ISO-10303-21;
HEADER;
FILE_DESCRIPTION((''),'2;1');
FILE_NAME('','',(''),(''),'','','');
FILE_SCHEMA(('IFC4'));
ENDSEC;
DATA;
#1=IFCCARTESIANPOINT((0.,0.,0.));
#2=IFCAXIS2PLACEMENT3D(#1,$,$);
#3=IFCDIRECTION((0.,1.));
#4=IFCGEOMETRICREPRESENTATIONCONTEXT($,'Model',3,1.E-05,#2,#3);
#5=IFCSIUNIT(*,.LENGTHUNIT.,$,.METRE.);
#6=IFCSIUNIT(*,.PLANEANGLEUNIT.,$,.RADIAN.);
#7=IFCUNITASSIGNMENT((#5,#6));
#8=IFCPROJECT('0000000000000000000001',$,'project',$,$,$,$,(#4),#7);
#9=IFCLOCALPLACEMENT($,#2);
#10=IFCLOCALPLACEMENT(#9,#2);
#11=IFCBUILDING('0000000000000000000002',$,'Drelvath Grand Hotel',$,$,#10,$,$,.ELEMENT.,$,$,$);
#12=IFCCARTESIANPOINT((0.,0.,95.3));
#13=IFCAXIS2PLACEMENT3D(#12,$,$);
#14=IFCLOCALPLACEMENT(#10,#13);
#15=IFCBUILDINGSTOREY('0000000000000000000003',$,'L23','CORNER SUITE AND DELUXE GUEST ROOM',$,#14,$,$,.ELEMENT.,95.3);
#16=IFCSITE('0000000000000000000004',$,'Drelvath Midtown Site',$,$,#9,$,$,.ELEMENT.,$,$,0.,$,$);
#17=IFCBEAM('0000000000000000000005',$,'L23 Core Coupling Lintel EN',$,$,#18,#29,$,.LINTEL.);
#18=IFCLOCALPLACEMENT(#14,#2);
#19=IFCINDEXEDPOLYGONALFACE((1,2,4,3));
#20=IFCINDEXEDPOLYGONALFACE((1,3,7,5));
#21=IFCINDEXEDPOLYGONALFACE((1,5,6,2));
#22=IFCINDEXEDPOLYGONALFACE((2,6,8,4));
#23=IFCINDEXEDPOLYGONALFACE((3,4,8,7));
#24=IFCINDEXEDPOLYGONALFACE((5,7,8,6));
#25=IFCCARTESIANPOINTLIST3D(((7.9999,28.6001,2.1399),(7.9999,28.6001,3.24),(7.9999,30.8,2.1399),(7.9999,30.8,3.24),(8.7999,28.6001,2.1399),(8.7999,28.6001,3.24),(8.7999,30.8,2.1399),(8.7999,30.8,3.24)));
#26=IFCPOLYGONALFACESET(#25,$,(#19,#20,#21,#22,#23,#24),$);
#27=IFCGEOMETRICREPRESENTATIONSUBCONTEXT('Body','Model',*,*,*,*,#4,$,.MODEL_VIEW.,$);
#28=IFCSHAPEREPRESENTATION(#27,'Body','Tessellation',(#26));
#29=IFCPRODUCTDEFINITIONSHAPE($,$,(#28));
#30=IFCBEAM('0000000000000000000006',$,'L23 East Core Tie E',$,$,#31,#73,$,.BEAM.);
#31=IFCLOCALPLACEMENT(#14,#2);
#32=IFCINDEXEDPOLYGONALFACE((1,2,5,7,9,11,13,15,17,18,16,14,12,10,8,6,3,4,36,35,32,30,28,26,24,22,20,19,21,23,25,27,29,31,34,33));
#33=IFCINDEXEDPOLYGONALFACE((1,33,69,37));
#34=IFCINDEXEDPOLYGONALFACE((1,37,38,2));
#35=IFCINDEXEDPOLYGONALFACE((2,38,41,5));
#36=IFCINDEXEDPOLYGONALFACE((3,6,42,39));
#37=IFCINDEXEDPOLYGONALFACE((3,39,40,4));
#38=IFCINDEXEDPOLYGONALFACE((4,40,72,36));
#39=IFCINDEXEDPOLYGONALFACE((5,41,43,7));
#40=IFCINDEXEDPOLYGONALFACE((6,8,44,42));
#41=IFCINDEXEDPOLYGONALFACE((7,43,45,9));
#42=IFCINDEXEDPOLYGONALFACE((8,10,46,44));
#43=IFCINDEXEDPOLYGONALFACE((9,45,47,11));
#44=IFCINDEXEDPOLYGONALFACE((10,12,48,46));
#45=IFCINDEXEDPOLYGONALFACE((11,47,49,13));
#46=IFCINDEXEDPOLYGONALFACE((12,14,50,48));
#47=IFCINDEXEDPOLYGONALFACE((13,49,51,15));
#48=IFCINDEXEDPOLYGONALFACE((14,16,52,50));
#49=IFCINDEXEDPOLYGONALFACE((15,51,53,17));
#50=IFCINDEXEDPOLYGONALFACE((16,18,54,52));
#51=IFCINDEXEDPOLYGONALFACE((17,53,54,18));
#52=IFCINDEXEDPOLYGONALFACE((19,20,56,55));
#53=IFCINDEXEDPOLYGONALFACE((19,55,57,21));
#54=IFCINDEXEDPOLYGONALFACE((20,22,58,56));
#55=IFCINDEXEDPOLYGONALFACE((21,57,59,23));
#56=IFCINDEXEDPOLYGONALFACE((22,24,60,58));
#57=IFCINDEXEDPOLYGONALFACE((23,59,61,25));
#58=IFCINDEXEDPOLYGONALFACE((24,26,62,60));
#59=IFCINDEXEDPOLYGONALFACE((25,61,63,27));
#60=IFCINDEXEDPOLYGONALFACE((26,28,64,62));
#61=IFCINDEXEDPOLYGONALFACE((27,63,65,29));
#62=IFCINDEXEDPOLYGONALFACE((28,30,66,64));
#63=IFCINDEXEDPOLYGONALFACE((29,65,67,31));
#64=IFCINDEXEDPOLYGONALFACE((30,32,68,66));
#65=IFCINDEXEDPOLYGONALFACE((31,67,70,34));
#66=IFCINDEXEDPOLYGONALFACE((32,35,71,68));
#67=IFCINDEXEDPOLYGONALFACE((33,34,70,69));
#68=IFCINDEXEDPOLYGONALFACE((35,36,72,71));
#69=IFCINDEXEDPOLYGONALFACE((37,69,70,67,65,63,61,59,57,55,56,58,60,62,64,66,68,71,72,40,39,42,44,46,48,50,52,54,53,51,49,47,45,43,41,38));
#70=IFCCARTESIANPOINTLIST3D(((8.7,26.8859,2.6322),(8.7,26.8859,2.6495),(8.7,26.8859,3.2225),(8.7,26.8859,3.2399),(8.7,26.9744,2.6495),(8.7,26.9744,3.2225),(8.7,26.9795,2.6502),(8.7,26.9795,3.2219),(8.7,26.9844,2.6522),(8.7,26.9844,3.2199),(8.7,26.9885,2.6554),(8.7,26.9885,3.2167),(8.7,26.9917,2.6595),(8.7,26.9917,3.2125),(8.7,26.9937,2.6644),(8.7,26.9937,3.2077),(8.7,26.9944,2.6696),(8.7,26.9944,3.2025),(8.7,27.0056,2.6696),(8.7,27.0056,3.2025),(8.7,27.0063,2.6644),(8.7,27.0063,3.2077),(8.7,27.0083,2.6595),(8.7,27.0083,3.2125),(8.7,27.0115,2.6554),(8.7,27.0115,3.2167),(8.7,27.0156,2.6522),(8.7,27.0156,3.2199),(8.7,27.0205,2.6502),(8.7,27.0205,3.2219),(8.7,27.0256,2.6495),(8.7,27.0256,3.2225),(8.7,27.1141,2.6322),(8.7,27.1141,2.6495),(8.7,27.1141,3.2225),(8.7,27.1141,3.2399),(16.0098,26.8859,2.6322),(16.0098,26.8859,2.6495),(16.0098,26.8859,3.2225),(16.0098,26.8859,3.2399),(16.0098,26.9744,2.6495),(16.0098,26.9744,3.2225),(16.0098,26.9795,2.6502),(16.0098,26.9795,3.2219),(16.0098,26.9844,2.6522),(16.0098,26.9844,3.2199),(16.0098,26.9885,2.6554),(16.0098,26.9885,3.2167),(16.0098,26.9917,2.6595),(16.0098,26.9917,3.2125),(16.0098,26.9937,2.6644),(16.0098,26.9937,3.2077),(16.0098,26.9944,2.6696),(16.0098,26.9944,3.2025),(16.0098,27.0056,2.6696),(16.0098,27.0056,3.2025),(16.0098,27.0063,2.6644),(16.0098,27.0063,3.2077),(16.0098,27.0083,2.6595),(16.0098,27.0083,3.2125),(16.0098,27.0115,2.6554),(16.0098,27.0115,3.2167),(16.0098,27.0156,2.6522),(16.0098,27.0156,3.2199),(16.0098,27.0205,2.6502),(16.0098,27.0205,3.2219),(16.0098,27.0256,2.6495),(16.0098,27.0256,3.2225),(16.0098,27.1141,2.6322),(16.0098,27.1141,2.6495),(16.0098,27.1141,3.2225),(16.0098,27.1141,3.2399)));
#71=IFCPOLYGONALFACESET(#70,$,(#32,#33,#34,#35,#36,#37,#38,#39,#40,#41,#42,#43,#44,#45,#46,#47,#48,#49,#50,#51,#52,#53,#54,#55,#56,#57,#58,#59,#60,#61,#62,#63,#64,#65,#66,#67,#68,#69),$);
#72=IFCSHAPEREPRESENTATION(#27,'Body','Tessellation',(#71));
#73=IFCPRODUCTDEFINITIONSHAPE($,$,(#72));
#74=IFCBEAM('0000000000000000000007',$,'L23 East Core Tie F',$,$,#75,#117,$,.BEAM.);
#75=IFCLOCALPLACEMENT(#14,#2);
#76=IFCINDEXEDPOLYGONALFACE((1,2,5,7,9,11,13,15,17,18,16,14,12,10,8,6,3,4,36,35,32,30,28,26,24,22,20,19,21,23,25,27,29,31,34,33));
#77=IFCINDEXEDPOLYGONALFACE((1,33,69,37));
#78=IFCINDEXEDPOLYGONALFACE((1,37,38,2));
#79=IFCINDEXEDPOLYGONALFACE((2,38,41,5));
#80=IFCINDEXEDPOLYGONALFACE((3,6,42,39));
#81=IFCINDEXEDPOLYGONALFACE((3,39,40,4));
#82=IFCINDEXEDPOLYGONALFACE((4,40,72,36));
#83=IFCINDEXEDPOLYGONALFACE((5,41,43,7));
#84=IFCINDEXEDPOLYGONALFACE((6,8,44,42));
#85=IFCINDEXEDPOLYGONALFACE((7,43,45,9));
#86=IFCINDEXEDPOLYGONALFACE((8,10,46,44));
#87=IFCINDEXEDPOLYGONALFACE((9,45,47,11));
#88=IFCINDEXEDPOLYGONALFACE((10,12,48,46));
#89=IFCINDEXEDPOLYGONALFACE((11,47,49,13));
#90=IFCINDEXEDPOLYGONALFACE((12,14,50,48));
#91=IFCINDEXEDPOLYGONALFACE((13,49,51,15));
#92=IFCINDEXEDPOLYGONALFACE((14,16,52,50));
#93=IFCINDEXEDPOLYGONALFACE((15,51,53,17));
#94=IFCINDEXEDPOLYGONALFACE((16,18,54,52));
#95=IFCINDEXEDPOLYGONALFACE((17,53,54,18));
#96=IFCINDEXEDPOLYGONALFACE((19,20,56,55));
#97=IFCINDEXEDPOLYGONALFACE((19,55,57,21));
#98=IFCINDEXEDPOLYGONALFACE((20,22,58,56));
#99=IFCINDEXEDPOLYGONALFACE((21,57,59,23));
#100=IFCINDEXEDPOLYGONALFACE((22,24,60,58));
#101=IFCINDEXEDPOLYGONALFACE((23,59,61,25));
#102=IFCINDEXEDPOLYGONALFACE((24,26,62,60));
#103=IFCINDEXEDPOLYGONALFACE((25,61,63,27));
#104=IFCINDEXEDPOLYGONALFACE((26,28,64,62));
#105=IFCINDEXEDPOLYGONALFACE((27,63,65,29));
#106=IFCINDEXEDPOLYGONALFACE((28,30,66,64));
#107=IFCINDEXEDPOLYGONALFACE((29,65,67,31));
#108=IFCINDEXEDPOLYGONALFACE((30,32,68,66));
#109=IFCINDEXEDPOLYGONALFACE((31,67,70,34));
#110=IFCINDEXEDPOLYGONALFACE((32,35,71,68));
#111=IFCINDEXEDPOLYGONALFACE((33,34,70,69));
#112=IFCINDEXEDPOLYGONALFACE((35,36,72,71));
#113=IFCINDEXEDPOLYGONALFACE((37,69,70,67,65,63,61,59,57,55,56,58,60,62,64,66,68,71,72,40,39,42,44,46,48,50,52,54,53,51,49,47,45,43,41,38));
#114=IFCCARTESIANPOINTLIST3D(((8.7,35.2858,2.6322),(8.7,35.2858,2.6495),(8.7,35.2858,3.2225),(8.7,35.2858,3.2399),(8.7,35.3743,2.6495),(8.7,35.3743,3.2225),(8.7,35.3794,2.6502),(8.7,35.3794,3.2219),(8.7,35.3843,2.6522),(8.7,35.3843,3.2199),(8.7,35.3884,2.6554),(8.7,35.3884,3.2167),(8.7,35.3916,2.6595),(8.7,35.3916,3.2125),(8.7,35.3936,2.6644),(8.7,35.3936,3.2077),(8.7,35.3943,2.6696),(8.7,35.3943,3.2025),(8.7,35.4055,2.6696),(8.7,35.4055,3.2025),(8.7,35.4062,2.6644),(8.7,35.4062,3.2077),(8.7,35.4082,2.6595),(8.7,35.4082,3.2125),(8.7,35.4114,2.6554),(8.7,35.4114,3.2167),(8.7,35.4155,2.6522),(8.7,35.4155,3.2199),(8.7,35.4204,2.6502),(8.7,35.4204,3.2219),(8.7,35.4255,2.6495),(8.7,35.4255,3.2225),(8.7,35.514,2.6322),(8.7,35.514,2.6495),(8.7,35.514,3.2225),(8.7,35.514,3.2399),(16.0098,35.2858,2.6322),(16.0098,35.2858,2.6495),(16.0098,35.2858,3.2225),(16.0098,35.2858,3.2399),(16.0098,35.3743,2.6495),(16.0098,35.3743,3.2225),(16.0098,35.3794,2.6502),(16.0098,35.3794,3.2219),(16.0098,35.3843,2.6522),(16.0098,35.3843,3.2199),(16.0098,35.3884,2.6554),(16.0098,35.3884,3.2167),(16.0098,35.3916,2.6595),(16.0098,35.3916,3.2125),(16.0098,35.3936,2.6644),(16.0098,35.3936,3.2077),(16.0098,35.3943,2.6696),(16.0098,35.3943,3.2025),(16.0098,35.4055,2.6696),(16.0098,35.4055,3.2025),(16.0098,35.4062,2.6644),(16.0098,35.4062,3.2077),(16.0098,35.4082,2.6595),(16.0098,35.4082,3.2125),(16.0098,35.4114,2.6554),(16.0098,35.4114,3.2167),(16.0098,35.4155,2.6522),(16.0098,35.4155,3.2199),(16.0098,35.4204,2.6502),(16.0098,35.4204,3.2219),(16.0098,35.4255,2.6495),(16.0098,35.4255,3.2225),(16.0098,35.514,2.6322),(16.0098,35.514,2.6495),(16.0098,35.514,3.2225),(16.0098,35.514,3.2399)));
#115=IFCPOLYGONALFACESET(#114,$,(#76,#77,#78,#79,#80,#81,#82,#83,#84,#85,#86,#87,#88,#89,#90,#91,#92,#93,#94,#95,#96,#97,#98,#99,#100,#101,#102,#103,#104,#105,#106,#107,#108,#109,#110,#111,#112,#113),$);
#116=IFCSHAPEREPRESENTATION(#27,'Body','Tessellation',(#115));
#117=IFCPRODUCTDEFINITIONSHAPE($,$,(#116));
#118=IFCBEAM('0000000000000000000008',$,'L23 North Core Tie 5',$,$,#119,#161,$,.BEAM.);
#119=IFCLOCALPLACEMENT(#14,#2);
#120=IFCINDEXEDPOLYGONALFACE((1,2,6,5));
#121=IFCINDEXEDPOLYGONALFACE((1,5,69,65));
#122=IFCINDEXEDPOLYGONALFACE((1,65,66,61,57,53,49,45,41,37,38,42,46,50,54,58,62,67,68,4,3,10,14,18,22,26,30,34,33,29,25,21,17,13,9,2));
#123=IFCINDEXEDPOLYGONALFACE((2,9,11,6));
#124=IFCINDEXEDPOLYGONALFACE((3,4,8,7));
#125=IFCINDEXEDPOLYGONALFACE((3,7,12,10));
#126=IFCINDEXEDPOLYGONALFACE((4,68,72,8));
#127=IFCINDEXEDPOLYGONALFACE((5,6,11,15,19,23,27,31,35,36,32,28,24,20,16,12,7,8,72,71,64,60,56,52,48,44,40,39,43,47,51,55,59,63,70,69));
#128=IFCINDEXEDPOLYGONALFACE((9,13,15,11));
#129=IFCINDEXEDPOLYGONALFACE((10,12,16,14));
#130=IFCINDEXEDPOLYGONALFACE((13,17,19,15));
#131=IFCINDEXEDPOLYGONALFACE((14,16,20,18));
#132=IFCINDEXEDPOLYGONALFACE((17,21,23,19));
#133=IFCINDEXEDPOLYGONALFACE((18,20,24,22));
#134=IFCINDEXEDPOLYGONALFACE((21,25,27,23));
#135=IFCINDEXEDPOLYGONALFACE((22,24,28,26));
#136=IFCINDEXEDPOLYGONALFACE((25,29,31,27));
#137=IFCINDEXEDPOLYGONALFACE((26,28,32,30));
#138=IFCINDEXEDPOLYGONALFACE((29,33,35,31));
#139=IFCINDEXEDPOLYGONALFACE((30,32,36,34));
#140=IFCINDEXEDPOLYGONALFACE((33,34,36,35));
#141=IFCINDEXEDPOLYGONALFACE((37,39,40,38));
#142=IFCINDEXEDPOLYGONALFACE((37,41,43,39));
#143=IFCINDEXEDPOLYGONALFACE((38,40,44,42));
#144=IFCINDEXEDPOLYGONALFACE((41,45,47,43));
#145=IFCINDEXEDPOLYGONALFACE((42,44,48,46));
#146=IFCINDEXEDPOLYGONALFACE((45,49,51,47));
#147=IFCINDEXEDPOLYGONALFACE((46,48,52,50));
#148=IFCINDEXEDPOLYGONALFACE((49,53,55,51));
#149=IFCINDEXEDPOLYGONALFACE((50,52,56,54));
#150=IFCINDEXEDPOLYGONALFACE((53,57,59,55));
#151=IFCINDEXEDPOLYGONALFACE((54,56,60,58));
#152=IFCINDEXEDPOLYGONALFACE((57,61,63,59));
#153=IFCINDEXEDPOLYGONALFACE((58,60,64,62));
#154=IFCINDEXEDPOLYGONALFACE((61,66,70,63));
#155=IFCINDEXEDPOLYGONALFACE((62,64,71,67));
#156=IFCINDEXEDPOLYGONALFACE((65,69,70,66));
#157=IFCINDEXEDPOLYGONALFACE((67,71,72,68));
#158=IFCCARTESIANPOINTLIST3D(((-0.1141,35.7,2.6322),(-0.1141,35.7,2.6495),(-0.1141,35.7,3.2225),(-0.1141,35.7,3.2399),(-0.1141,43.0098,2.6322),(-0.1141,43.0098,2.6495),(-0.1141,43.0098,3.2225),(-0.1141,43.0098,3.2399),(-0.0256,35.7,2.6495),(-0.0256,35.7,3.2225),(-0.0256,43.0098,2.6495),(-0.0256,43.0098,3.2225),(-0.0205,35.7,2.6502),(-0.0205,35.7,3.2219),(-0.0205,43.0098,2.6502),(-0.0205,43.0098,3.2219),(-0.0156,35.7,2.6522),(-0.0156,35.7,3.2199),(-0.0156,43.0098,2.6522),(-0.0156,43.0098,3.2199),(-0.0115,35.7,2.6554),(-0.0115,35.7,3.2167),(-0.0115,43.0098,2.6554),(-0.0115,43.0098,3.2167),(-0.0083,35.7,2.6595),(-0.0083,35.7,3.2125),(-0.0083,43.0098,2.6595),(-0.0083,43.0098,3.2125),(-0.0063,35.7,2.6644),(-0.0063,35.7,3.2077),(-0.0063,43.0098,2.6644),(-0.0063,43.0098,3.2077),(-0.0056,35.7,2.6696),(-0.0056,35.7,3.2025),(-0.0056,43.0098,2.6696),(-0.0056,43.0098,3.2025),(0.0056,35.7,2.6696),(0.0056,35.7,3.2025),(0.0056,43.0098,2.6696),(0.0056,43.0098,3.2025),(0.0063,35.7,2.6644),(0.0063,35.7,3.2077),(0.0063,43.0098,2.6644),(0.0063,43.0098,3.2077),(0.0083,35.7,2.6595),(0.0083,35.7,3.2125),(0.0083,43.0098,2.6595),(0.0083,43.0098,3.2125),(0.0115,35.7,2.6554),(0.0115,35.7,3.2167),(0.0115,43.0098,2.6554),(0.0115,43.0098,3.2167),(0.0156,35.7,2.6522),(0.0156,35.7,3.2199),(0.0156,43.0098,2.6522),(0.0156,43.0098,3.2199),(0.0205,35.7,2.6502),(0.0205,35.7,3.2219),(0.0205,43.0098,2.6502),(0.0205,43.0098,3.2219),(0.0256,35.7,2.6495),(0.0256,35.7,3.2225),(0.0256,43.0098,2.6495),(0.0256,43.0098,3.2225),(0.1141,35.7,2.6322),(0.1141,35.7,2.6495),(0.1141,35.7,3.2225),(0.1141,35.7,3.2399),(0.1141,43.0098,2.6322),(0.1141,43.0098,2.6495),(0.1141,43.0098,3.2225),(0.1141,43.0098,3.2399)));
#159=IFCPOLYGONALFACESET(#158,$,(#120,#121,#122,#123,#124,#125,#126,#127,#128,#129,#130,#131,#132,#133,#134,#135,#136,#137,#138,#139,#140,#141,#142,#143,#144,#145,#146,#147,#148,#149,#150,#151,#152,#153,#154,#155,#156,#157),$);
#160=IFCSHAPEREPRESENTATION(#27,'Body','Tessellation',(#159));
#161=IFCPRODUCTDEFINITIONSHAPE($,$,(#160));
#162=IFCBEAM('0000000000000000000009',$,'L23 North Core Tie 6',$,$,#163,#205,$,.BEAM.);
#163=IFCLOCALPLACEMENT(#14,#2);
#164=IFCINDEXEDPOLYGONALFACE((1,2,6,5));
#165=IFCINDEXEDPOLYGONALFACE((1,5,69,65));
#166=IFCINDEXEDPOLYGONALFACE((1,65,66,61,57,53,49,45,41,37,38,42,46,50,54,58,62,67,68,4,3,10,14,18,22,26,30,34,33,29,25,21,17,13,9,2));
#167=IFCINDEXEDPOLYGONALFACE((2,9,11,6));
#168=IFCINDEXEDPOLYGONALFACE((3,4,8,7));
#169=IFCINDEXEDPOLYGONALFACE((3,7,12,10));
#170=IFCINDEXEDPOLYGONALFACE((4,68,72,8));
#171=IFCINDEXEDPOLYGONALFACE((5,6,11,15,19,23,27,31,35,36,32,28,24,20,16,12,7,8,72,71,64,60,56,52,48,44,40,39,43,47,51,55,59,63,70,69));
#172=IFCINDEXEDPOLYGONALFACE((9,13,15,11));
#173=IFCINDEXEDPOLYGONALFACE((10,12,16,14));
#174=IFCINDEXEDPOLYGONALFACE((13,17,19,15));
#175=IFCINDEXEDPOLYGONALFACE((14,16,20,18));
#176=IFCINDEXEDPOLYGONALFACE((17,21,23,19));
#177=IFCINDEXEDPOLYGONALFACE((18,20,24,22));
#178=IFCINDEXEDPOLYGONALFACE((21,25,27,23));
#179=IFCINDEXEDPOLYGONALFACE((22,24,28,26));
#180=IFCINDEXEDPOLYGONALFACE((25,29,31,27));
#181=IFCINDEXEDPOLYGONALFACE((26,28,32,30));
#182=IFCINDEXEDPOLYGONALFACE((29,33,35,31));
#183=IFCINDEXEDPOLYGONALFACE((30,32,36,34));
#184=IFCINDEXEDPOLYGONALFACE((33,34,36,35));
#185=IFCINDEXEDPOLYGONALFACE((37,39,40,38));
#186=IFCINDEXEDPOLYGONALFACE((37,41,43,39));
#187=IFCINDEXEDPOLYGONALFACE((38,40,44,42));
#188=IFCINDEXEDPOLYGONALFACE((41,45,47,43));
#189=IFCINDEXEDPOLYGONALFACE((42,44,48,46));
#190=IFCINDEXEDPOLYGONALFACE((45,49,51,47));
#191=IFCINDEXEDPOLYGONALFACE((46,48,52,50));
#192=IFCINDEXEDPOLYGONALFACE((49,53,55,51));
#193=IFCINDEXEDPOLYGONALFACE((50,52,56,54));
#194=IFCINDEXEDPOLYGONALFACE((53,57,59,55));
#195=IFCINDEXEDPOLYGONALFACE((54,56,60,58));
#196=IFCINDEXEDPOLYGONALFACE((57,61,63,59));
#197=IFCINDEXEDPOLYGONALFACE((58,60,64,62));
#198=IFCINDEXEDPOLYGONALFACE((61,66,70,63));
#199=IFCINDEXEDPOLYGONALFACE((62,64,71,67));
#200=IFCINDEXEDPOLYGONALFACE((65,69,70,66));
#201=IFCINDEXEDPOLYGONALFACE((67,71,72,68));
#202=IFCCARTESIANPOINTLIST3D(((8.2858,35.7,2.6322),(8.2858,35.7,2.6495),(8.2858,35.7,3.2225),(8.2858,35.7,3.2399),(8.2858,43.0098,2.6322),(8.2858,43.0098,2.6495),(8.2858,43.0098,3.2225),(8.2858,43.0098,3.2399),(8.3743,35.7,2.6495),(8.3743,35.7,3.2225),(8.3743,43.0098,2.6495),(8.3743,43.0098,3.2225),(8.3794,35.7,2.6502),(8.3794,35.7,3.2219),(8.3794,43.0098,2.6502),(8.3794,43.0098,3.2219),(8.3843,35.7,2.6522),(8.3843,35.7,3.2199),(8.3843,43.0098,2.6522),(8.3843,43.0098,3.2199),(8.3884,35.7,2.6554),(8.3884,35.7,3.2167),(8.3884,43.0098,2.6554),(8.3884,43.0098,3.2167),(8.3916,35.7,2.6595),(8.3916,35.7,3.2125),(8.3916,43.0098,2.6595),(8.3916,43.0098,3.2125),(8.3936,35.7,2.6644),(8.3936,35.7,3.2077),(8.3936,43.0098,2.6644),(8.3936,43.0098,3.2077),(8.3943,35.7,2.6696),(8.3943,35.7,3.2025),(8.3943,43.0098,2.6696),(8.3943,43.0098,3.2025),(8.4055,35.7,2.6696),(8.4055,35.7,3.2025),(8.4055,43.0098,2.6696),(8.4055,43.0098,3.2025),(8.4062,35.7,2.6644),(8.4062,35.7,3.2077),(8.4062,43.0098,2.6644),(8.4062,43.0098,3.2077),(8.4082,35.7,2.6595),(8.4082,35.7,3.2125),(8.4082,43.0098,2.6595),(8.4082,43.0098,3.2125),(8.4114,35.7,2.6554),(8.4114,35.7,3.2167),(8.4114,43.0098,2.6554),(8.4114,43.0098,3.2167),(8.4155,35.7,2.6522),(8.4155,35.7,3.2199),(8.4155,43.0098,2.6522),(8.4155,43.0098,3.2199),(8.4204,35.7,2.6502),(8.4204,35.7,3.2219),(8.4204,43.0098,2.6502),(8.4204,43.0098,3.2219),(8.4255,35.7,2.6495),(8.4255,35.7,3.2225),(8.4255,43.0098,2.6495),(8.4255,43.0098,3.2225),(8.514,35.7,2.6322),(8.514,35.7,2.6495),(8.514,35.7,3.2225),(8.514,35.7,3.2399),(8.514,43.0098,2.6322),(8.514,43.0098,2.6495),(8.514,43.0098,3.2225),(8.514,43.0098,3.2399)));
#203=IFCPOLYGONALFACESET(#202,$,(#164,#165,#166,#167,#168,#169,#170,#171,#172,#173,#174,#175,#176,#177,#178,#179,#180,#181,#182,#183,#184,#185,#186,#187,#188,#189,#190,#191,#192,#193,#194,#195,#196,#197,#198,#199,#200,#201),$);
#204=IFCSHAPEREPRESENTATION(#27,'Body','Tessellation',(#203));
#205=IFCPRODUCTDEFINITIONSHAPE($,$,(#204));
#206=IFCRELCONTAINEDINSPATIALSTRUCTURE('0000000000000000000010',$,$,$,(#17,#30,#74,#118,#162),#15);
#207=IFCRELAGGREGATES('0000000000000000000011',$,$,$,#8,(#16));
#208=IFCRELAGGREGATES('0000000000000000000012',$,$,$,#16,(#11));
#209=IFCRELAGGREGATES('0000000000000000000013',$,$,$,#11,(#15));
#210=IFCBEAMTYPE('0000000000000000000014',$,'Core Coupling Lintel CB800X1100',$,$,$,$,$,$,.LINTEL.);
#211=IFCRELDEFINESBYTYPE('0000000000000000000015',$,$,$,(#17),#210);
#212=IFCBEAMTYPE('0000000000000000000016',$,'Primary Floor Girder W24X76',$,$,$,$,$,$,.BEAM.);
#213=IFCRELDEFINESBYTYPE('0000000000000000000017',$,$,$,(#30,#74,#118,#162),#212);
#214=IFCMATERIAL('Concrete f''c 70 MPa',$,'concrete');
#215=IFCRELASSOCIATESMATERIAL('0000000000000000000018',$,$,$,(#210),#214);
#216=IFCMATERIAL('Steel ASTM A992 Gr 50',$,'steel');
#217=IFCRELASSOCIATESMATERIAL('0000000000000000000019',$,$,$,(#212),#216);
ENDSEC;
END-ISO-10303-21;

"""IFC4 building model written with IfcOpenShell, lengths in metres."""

from ifc_helpers import new_model, si_unit, direction, frame, origin, origin_2d, place, context, subcontext, project, spatial, rectangle, i_section, extrude, material, material_profile, profile_set, type_object, element, save


model = new_model("IFC4")

# Units and contexts
model_context = context("Model", 3, precision=1e-05, world=origin(), true_north=direction((0.0, 1.0)))
body_context = subcontext(model_context, "Body", "Model", "MODEL_VIEW")
ifc_project = project(units=[si_unit("LENGTHUNIT", "METRE"), si_unit("PLANEANGLEUNIT", "RADIAN")], contexts=[model_context])

# Site, building, storey
site_placement = place(None, origin())
site = spatial("IfcSite", under=ifc_project, at=site_placement, Name="Drelvath Midtown Site", CompositionType="ELEMENT", RefElevation=0.0)
building_placement = place(site_placement, origin())
building = spatial("IfcBuilding", under=site, at=building_placement, Name="Drelvath Grand Hotel", CompositionType="ELEMENT")
storey_placement = place(building_placement, frame((0.0, 0.0, 95.3)))
storey = spatial("IfcBuildingStorey", under=building, at=storey_placement, Name="L23", Description="CORNER SUITE AND DELUXE GUEST ROOM", CompositionType="ELEMENT", Elevation=95.3)

# Beams
ifc_material_1 = material(Name="Concrete f'c 70 MPa", Category="concrete")
ifc_material_profile_1 = material_profile(ifc_material_1, rectangle(XDim=0.8, YDim=1.1001, at=origin_2d()), Name="CB800X1100")
ifc_profile_set_1 = profile_set([ifc_material_profile_1], Name="Concrete f'c 70 MPa")
beam_type_1 = type_object("IfcBeamType", Name="Core Coupling Lintel CB800X1100", PredefinedType="LINTEL", material=ifc_profile_set_1)
beam_placement = place(storey_placement, frame((8.3999, 28.6001, 2.6899), z_axis=(0.0, 1.0, 0.0), x_axis=(-1.0, 0.0, 0.0)))
element("IfcBeam", 1, at=beam_placement, inside=storey, type_object=beam_type_1, Name="L23 Core Coupling Lintel EN", PredefinedType="LINTEL", context=body_context, shape_type="SweptSolid", body=[
    extrude(rectangle(XDim=0.8, YDim=1.1001, at=origin_2d()), origin(), (0.0, 0.0, 1.0), 2.2),
])
ifc_material_2 = material(Name="Steel ASTM A992 Gr 50", Category="steel")
ifc_material_profile_2 = material_profile(ifc_material_2, i_section(OverallWidth=0.2283, OverallDepth=0.6077, WebThickness=0.0112, FlangeThickness=0.0173, FilletRadius=0.02, at=origin_2d()), Name="W24X76")
ifc_profile_set_2 = profile_set([ifc_material_profile_2], Name="Steel ASTM A992 Gr 50")
beam_type_2 = type_object("IfcBeamType", Name="Primary Floor Girder W24X76", PredefinedType="BEAM", material=ifc_profile_set_2)
for number, where, z_axis, x_axis, name in (
    (2, (8.7, 27.0, 2.936), (1.0, 0.0, 0.0), (0.0, 1.0, 0.0), "L23 East Core Tie E"),
    (3, (8.7, 35.3999, 2.936), (1.0, 0.0, 0.0), (0.0, 1.0, 0.0), "L23 East Core Tie F"),
    (4, (0.0, 35.7, 2.936), (0.0, 1.0, 0.0), (-1.0, 0.0, 0.0), "L23 North Core Tie 5"),
    (5, (8.3999, 35.7, 2.936), (0.0, 1.0, 0.0), (-1.0, 0.0, 0.0), "L23 North Core Tie 6"),
):
    element("IfcBeam", number, at=place(storey_placement, frame(where, z_axis=z_axis, x_axis=x_axis)), inside=storey, type_object=beam_type_2, Name=name, PredefinedType="BEAM", context=body_context, shape_type="SweptSolid", body=[
        extrude(i_section(OverallWidth=0.2283, OverallDepth=0.6077, WebThickness=0.0112, FlangeThickness=0.0173, FilletRadius=0.02, at=origin_2d()), origin(), (0.0, 0.0, 1.0), 7.3098),
    ])

save(model, "model.ifc")
